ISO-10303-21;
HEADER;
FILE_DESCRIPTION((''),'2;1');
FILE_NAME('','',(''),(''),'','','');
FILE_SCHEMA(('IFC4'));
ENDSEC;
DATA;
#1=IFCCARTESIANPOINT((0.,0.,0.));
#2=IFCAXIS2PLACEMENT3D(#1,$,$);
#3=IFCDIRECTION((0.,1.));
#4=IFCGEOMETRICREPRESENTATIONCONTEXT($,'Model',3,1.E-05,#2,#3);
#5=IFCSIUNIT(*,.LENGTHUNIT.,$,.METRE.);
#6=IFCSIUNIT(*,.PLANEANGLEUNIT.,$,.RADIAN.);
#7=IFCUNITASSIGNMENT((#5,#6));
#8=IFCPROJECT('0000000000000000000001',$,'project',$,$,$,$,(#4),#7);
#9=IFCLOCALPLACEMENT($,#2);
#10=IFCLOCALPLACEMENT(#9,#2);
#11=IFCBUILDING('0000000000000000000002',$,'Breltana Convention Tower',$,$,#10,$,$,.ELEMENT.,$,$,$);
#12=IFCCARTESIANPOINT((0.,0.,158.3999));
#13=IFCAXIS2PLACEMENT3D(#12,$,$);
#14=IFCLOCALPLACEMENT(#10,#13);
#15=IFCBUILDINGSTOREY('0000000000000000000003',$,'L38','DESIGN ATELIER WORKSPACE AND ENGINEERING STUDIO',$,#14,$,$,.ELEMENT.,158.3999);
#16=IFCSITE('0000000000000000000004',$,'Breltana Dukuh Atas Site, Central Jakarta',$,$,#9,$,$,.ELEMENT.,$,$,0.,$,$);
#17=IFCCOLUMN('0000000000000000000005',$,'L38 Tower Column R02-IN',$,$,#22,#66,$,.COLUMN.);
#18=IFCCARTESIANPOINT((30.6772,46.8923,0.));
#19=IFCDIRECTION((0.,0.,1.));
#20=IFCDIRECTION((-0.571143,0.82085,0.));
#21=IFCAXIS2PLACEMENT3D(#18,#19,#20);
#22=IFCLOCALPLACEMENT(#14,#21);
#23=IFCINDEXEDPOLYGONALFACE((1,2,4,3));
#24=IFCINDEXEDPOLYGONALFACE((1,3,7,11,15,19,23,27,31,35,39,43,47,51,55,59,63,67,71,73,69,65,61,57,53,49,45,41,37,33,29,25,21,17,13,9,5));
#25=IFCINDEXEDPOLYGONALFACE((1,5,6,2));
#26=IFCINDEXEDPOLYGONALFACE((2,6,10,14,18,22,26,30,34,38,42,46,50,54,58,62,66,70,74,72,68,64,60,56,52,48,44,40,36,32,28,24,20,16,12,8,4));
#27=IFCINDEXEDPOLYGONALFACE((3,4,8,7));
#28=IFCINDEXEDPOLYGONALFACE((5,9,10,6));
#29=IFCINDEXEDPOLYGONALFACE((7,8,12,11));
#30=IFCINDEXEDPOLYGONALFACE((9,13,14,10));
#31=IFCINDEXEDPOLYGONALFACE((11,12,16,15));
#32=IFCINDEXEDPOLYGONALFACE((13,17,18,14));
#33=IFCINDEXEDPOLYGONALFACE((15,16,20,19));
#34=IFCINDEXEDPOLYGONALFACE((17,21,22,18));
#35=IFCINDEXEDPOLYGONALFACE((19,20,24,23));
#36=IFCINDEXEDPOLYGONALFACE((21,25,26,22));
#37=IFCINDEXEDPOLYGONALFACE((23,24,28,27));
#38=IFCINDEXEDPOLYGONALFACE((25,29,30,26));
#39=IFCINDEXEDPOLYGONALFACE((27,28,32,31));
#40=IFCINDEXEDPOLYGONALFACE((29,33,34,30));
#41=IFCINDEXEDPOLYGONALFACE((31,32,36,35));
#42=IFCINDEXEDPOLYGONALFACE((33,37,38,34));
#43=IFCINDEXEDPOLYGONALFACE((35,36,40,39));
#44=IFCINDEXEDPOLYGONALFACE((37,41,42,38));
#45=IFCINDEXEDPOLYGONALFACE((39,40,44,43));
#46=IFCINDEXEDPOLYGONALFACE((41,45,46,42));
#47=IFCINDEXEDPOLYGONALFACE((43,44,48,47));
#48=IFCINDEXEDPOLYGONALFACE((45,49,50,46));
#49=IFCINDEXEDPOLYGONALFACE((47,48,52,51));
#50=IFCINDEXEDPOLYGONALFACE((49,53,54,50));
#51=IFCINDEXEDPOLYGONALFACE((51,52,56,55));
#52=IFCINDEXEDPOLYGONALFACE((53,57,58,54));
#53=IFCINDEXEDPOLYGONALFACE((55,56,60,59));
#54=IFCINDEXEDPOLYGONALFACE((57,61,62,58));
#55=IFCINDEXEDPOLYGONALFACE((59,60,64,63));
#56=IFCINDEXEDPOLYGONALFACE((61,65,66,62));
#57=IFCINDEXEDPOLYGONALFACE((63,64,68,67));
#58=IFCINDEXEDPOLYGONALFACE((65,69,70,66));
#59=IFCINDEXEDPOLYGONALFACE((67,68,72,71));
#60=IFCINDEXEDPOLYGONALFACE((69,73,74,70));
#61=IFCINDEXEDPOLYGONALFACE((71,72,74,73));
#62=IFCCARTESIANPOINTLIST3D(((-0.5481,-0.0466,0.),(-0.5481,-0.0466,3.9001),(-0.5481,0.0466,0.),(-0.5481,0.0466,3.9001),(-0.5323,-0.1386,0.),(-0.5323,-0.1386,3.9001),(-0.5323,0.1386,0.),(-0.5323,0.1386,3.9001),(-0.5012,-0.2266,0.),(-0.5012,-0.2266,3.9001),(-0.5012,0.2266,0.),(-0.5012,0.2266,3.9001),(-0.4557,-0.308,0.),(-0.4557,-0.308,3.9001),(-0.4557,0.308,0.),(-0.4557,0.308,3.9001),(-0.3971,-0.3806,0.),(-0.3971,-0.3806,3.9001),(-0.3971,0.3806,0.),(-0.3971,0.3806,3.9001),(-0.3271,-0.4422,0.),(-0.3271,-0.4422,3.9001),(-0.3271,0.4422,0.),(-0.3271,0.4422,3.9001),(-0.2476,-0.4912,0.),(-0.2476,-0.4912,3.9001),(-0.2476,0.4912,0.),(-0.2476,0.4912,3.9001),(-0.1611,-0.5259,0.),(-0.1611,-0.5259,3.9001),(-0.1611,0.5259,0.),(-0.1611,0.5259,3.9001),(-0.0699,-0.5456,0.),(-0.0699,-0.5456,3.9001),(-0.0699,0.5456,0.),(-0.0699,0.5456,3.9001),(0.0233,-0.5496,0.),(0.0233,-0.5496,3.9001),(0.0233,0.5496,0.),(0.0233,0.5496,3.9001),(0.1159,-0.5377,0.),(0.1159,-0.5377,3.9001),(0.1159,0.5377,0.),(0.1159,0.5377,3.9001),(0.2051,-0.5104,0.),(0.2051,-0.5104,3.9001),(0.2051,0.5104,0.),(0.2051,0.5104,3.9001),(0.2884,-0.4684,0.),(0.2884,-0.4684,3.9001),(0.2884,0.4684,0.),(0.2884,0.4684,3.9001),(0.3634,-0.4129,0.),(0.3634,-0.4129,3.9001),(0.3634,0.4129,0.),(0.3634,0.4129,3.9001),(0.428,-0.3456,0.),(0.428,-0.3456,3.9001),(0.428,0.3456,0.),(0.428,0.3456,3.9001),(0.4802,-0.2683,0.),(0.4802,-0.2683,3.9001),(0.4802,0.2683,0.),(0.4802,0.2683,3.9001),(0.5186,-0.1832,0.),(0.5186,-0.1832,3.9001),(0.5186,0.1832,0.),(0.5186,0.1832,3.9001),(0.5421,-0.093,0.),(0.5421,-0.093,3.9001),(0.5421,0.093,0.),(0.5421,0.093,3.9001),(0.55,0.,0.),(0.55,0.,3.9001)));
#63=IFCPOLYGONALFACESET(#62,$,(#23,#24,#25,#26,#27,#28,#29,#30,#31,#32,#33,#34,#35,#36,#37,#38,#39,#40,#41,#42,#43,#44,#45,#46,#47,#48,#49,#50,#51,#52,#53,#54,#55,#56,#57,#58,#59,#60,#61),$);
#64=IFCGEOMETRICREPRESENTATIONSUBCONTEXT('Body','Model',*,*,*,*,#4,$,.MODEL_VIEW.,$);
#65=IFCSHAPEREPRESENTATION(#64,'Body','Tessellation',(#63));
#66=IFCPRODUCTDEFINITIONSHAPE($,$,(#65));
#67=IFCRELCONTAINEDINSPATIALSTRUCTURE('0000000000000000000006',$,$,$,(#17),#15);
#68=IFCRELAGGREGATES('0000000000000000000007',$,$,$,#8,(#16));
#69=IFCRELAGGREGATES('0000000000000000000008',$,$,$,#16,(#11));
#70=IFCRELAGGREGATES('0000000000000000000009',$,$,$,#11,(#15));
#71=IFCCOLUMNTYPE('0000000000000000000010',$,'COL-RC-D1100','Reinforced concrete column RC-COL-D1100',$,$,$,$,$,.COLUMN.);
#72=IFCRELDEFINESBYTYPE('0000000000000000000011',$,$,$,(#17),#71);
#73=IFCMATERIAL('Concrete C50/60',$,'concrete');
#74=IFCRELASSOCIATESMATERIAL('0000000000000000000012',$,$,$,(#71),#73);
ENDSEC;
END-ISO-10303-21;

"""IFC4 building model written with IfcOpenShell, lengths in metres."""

from ifc_helpers import new_model, si_unit, direction, frame, origin, origin_2d, place, context, subcontext, project, spatial, circle, extrude, source, transform, mapped, material, material_profile, profile_set, type_object, element, save


model = new_model("IFC4")

# Units and contexts
model_context = context("Model", 3, precision=1e-05, world=origin(), true_north=direction((0.0, 1.0)))
body_context = subcontext(model_context, "Body", "Model", "MODEL_VIEW")
ifc_project = project(units=[si_unit("LENGTHUNIT", "METRE"), si_unit("PLANEANGLEUNIT", "RADIAN")], contexts=[model_context])

# Site, building, storey
site_placement = place(None, origin())
site = spatial("IfcSite", under=ifc_project, at=site_placement, Name="Breltana Dukuh Atas Site, Central Jakarta", CompositionType="ELEMENT", RefElevation=0.0)
building_placement = place(site_placement, origin())
building = spatial("IfcBuilding", under=site, at=building_placement, Name="Breltana Convention Tower", CompositionType="ELEMENT")
storey_placement = place(building_placement, frame((0.0, 0.0, 158.3999)))
storey = spatial("IfcBuildingStorey", under=building, at=storey_placement, Name="L38", Description="DESIGN ATELIER WORKSPACE AND ENGINEERING STUDIO", CompositionType="ELEMENT", Elevation=158.3999)

# Column
ifc_material_1 = material(Name="Concrete C50/60", Category="concrete")
ifc_material_profile_1 = material_profile(ifc_material_1, circle(Radius=0.55, at=origin_2d()), Name="RC-COL-D1100")
ifc_profile_set_1 = profile_set([ifc_material_profile_1], Name="Concrete C50/60")
column_type = type_object("IfcColumnType", Name="COL-RC-D1100", Description="Reinforced concrete column RC-COL-D1100", PredefinedType="COLUMN", material=ifc_profile_set_1)
shared_shape_1 = source(origin(), body_context, "Body", "SweptSolid", [
    extrude(circle(Radius=0.55, at=origin_2d()), origin(), (0.0, 0.0, 1.0), 3.9001),
])
for number, where, z_axis, x_axis, name in (
    (1, (30.6772, 46.8923, 0.0), (0.0, 0.0, 1.0), (-0.571143, 0.82085, 0.0), "L38 Tower Column R02-IN"),
):
    element("IfcColumn", number, at=place(storey_placement, frame(where, z_axis=z_axis, x_axis=x_axis)), inside=storey, type_object=column_type, Name=name, PredefinedType="COLUMN", context=body_context, shape_type="MappedRepresentation", body=[
        mapped(shared_shape_1, transform((0.0, 0.0, 0.0), scale=1.0)),
    ])

save(model, "model.ifc")
